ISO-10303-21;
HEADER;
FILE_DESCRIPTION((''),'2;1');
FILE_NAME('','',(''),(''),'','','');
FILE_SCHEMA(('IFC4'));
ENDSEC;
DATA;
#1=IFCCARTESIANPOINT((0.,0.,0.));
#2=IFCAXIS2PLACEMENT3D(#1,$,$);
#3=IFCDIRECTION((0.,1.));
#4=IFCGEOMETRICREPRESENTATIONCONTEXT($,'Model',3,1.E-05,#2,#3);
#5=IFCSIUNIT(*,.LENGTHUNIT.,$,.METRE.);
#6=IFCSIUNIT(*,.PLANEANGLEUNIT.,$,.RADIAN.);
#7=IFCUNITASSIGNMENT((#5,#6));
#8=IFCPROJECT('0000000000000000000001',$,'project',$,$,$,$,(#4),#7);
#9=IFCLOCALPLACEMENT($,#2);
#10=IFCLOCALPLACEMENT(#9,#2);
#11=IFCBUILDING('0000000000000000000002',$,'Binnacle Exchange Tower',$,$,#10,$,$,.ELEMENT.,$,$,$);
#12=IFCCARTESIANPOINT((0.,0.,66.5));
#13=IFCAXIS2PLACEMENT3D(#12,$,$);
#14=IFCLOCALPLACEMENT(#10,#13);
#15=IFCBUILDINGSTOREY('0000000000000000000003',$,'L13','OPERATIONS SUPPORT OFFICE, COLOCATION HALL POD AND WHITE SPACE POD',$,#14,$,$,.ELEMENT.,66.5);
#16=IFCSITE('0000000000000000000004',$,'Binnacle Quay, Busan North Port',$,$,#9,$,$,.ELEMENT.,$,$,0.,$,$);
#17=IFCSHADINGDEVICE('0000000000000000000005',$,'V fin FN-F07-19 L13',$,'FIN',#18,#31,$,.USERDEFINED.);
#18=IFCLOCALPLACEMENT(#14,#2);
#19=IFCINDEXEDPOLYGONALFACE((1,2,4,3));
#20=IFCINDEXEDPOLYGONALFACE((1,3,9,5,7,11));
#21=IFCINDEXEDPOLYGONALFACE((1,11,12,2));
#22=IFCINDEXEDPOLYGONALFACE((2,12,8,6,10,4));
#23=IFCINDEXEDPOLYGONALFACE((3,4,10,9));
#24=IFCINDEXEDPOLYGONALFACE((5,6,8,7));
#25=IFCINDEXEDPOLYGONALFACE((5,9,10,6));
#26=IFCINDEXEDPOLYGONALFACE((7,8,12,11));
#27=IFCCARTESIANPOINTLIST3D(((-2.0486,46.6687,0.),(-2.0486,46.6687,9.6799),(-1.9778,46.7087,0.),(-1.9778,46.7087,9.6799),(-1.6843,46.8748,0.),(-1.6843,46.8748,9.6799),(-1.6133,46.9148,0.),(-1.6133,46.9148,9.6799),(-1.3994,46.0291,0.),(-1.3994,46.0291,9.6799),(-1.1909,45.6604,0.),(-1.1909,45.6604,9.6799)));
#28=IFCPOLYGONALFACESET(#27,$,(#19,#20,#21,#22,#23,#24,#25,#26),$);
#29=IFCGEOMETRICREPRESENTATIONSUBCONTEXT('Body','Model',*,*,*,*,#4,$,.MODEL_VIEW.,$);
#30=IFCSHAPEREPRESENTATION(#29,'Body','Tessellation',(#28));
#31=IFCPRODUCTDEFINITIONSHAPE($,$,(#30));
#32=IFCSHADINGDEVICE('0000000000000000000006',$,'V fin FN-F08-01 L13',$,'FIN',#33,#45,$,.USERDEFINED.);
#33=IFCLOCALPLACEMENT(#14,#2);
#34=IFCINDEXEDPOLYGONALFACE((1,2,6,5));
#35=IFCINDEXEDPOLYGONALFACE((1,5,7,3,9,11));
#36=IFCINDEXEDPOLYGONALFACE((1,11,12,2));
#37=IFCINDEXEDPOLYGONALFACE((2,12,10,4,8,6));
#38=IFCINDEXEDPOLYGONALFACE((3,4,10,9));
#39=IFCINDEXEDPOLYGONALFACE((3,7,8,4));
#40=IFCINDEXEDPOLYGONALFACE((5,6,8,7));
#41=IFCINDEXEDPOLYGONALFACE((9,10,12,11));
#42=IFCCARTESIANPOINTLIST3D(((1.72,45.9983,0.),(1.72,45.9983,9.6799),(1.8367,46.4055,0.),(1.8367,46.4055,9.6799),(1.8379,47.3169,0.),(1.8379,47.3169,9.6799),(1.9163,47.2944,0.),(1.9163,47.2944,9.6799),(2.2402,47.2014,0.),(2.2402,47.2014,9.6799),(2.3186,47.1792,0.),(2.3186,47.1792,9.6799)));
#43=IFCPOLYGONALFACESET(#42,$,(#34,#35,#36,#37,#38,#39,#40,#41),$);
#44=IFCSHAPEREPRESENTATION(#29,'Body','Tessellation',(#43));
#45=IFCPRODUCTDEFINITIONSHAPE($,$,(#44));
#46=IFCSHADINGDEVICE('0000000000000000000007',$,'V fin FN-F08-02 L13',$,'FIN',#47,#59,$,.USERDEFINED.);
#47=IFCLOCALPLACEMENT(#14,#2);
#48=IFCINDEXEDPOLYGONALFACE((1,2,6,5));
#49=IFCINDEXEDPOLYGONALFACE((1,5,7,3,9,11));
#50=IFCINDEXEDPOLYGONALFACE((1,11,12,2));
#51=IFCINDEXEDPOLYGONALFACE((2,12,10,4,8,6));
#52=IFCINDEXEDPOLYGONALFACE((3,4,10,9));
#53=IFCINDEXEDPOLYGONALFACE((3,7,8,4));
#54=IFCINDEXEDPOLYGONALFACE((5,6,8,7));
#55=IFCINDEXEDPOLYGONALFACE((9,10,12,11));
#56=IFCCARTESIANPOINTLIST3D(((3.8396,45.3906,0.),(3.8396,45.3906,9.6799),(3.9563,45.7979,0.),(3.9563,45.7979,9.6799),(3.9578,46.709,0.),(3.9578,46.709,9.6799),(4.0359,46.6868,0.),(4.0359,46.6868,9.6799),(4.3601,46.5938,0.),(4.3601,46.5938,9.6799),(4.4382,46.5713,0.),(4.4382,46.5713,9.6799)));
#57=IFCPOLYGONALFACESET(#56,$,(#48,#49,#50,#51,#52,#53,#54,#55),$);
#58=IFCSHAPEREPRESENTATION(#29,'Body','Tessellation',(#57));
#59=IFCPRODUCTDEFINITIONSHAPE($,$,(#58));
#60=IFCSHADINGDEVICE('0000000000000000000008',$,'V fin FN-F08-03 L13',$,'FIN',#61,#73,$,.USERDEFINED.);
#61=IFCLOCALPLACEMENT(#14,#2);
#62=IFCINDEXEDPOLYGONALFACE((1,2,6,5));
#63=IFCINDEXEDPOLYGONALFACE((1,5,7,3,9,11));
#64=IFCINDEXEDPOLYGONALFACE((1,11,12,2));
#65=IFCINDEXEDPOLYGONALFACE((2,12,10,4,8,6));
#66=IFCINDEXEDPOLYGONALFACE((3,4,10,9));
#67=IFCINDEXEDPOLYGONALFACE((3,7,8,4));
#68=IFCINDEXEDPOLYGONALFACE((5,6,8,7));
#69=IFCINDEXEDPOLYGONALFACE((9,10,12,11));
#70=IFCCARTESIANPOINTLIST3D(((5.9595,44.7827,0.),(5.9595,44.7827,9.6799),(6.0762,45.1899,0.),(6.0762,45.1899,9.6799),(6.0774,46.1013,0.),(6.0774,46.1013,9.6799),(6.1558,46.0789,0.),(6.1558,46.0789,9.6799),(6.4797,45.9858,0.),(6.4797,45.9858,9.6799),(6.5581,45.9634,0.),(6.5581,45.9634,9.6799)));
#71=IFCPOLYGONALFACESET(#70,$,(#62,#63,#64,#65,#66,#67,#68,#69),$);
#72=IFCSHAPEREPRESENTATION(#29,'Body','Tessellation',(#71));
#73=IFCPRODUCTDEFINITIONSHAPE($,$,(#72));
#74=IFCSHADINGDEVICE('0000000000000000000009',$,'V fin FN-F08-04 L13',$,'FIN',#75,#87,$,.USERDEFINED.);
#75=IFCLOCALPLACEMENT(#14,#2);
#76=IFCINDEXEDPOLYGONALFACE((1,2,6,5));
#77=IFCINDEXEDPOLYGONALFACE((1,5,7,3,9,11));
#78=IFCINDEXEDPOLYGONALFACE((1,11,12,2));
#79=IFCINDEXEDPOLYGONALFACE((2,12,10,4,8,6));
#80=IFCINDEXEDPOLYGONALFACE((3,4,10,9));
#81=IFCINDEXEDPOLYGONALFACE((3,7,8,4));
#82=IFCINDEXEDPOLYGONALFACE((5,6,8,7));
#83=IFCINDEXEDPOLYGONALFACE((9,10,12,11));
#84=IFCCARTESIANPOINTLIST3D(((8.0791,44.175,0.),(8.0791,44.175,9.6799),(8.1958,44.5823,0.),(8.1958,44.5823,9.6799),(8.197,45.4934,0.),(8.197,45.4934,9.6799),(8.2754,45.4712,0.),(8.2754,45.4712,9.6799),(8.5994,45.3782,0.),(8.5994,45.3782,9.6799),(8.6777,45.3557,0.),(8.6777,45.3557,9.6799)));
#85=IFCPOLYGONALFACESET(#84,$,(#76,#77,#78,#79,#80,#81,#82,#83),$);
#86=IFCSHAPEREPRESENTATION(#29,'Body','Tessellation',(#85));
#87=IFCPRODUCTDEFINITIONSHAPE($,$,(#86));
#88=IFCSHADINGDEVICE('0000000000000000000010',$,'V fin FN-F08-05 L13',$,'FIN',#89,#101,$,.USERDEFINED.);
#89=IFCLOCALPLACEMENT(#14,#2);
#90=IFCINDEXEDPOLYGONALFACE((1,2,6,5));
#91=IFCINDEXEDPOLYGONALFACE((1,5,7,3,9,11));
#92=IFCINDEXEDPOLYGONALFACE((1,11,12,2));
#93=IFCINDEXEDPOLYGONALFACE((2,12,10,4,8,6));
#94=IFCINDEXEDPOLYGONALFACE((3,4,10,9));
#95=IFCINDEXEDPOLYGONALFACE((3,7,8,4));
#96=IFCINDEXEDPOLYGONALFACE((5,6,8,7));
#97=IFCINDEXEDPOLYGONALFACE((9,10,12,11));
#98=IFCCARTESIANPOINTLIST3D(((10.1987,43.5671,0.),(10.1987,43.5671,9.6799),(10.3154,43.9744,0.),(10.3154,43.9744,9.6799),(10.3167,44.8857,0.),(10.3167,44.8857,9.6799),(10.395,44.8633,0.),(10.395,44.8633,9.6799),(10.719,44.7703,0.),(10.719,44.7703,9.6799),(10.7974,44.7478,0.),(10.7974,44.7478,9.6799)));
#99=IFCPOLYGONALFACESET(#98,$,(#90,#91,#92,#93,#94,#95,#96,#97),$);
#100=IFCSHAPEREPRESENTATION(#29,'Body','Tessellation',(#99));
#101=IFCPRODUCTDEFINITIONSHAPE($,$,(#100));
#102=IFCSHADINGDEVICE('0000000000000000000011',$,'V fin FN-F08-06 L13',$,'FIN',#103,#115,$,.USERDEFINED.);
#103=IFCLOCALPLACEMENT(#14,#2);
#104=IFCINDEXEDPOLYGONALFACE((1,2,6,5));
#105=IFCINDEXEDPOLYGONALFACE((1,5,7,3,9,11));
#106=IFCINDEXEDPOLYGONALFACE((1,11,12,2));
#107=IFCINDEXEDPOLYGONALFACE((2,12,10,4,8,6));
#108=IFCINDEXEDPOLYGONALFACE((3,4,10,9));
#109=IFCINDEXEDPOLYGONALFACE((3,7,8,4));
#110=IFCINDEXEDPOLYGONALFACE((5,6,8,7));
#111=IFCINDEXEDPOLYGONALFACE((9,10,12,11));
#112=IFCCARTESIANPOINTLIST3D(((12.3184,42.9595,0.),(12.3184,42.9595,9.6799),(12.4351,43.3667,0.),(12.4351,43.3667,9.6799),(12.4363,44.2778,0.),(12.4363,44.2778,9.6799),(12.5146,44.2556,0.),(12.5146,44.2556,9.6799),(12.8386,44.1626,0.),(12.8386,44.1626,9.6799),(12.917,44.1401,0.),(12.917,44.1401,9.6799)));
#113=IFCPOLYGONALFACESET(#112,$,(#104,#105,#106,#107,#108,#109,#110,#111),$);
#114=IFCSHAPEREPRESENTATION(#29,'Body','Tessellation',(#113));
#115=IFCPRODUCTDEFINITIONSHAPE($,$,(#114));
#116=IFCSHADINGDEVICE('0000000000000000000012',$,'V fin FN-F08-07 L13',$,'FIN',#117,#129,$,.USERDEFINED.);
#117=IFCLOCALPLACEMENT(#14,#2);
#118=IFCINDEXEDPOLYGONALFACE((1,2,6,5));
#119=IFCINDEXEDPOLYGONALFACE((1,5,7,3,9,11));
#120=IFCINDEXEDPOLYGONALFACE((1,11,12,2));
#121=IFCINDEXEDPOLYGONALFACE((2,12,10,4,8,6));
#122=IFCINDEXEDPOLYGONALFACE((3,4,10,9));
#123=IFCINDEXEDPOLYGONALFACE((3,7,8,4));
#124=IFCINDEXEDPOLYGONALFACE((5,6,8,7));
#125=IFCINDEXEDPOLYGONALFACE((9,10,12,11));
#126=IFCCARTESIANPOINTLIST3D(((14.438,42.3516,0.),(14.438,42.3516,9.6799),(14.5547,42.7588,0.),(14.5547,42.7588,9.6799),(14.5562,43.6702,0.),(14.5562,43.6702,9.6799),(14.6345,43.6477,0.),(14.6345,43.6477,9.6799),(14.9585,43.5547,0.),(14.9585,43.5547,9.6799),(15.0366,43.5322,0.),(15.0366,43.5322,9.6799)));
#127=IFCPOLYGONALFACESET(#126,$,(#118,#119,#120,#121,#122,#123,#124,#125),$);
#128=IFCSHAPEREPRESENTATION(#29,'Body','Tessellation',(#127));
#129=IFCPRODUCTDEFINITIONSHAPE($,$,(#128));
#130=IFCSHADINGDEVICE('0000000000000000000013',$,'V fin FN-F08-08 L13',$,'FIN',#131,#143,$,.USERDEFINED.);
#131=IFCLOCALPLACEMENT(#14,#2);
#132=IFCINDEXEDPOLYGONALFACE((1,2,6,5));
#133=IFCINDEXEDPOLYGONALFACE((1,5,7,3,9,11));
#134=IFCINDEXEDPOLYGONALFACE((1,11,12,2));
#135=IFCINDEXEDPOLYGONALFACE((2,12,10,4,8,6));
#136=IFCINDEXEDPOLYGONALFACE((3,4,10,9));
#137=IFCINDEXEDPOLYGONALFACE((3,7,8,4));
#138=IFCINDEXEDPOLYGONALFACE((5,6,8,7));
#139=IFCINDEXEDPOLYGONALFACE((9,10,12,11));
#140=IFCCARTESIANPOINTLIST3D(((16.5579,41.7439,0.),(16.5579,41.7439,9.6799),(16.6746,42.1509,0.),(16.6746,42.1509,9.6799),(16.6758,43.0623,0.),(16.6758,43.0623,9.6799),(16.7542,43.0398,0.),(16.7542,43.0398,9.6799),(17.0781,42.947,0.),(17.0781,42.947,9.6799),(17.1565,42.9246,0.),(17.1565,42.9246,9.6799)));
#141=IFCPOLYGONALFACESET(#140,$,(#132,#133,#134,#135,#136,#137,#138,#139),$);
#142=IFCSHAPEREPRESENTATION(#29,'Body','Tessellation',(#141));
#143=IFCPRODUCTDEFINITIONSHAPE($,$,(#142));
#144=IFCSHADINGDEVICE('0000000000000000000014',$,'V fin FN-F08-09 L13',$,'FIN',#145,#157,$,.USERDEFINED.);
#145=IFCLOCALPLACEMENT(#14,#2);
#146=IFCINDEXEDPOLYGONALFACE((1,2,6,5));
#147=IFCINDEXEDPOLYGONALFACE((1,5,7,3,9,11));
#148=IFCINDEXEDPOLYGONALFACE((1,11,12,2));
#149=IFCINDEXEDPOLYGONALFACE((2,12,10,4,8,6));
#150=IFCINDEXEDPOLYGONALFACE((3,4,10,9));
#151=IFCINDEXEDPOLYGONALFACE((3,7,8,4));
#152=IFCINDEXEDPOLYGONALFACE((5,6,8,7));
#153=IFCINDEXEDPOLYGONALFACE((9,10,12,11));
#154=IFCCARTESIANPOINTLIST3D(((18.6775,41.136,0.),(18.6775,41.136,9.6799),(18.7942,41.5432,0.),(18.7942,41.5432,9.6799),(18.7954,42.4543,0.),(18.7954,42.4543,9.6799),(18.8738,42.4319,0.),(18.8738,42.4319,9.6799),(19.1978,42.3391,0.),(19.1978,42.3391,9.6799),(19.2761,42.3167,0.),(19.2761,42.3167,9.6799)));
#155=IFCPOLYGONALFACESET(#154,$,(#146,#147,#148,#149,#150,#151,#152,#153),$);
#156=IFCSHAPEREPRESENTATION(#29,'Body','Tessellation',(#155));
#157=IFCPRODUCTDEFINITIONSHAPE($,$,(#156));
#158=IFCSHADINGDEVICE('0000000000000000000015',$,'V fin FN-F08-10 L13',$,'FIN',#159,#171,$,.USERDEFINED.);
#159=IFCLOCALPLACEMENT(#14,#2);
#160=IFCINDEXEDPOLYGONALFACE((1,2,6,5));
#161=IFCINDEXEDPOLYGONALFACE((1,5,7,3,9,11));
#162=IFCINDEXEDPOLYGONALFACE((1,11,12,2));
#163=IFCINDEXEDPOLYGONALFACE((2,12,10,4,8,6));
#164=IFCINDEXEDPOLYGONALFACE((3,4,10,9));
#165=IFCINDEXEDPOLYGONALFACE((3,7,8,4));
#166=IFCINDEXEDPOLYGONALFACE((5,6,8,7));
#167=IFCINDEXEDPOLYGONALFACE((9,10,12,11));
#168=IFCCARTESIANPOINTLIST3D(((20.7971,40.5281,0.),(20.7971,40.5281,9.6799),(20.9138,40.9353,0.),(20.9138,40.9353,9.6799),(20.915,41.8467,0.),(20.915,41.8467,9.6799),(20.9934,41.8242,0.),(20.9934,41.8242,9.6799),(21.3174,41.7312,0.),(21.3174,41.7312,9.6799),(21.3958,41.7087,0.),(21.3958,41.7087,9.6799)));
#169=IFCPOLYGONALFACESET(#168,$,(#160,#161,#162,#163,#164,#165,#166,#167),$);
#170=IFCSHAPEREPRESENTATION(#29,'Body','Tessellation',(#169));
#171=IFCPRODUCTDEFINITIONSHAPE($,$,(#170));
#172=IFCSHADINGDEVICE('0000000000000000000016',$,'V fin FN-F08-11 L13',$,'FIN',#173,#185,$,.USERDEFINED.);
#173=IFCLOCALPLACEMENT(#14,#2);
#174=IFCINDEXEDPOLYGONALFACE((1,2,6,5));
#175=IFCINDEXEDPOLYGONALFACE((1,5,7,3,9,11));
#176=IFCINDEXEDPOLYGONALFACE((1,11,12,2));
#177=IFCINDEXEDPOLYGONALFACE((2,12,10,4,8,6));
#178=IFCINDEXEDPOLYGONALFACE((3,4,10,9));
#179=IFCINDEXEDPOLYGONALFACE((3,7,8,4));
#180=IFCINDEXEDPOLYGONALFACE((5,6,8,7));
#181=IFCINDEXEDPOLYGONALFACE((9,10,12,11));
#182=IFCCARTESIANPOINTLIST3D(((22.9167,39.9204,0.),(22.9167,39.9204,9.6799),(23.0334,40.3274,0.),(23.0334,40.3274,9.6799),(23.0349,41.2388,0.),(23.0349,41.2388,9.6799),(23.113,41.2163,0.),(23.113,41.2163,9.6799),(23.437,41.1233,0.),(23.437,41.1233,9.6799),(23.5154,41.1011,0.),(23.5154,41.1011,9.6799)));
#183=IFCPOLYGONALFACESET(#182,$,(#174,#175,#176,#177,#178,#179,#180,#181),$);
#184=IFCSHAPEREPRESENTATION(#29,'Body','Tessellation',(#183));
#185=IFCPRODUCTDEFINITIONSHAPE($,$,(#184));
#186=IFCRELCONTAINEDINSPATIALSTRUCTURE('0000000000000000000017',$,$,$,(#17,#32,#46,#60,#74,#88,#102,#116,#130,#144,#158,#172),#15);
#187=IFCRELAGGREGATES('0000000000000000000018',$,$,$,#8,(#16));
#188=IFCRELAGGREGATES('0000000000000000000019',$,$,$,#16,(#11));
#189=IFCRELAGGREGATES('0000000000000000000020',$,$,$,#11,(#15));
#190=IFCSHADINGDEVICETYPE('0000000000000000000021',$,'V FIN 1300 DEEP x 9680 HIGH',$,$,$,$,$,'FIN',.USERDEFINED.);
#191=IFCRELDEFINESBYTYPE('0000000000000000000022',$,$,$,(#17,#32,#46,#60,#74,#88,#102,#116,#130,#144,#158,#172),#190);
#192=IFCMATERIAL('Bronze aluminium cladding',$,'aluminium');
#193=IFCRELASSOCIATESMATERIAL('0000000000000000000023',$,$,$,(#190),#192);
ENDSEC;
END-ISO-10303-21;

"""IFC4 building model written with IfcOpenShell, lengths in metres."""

from ifc_helpers import new_model, si_unit, direction, frame, origin, place, context, subcontext, project, spatial, polyline, outline, extrude, material, type_object, element, save


model = new_model("IFC4")

# Units and contexts
model_context = context("Model", 3, precision=1e-05, world=origin(), true_north=direction((0.0, 1.0)))
body_context = subcontext(model_context, "Body", "Model", "MODEL_VIEW")
ifc_project = project(units=[si_unit("LENGTHUNIT", "METRE"), si_unit("PLANEANGLEUNIT", "RADIAN")], contexts=[model_context])

# Site, building, storey
site_placement = place(None, origin())
site = spatial("IfcSite", under=ifc_project, at=site_placement, Name="Binnacle Quay, Busan North Port", CompositionType="ELEMENT", RefElevation=0.0)
building_placement = place(site_placement, origin())
building = spatial("IfcBuilding", under=site, at=building_placement, Name="Binnacle Exchange Tower", CompositionType="ELEMENT")
storey_placement = place(building_placement, frame((0.0, 0.0, 66.5)))
storey = spatial("IfcBuildingStorey", under=building, at=storey_placement, Name="L13", Description="OPERATIONS SUPPORT OFFICE, COLOCATION HALL POD AND WHITE SPACE POD", CompositionType="ELEMENT", Elevation=66.5)

# Shading devices
ifc_material = material(Name="Bronze aluminium cladding", Category="aluminium")
shading_device_type = type_object("IfcShadingDeviceType", Name="V FIN 1300 DEEP x 9680 HIGH", ElementType="FIN", PredefinedType="USERDEFINED", material=ifc_material)
shading_device_1_placement = place(storey_placement, origin())
element("IfcShadingDevice", 1, at=shading_device_1_placement, inside=storey, type_object=shading_device_type, Name="V fin FN-F07-19 L13", ObjectType="FIN", PredefinedType="USERDEFINED", context=body_context, shape_type="SweptSolid", body=[
    extrude(outline(polyline([(-2.0486, 46.6687), (-1.1909, 45.6604), (-1.6133, 46.9148), (-1.6843, 46.8748), (-1.3994, 46.0291), (-1.9778, 46.7087), (-2.0486, 46.6687)])), origin(), (0.0, 0.0, 1.0), 9.6799),
])
shading_device_2_placement = place(storey_placement, origin())
element("IfcShadingDevice", 2, at=shading_device_2_placement, inside=storey, type_object=shading_device_type, Name="V fin FN-F08-01 L13", ObjectType="FIN", PredefinedType="USERDEFINED", context=body_context, shape_type="SweptSolid", body=[
    extrude(outline(polyline([(1.8379, 47.3169), (1.72, 45.9983), (2.3186, 47.1792), (2.2402, 47.2014), (1.8367, 46.4055), (1.9163, 47.2944), (1.8379, 47.3169)])), origin(), (0.0, 0.0, 1.0), 9.6799),
])
shading_device_3_placement = place(storey_placement, origin())
element("IfcShadingDevice", 3, at=shading_device_3_placement, inside=storey, type_object=shading_device_type, Name="V fin FN-F08-02 L13", ObjectType="FIN", PredefinedType="USERDEFINED", context=body_context, shape_type="SweptSolid", body=[
    extrude(outline(polyline([(3.9578, 46.709), (3.8396, 45.3906), (4.4382, 46.5713), (4.3601, 46.5938), (3.9563, 45.7979), (4.0359, 46.6868), (3.9578, 46.709)])), origin(), (0.0, 0.0, 1.0), 9.6799),
])
shading_device_4_placement = place(storey_placement, origin())
element("IfcShadingDevice", 4, at=shading_device_4_placement, inside=storey, type_object=shading_device_type, Name="V fin FN-F08-03 L13", ObjectType="FIN", PredefinedType="USERDEFINED", context=body_context, shape_type="SweptSolid", body=[
    extrude(outline(polyline([(6.0774, 46.1013), (5.9595, 44.7827), (6.5581, 45.9634), (6.4797, 45.9858), (6.0762, 45.1899), (6.1558, 46.0789), (6.0774, 46.1013)])), origin(), (0.0, 0.0, 1.0), 9.6799),
])
shading_device_5_placement = place(storey_placement, origin())
element("IfcShadingDevice", 5, at=shading_device_5_placement, inside=storey, type_object=shading_device_type, Name="V fin FN-F08-04 L13", ObjectType="FIN", PredefinedType="USERDEFINED", context=body_context, shape_type="SweptSolid", body=[
    extrude(outline(polyline([(8.197, 45.4934), (8.0791, 44.175), (8.6777, 45.3557), (8.5994, 45.3782), (8.1958, 44.5823), (8.2754, 45.4712), (8.197, 45.4934)])), origin(), (0.0, 0.0, 1.0), 9.6799),
])
shading_device_6_placement = place(storey_placement, origin())
element("IfcShadingDevice", 6, at=shading_device_6_placement, inside=storey, type_object=shading_device_type, Name="V fin FN-F08-05 L13", ObjectType="FIN", PredefinedType="USERDEFINED", context=body_context, shape_type="SweptSolid", body=[
    extrude(outline(polyline([(10.3167, 44.8857), (10.1987, 43.5671), (10.7974, 44.7478), (10.719, 44.7703), (10.3154, 43.9744), (10.395, 44.8633), (10.3167, 44.8857)])), origin(), (0.0, 0.0, 1.0), 9.6799),
])
shading_device_7_placement = place(storey_placement, origin())
element("IfcShadingDevice", 7, at=shading_device_7_placement, inside=storey, type_object=shading_device_type, Name="V fin FN-F08-06 L13", ObjectType="FIN", PredefinedType="USERDEFINED", context=body_context, shape_type="SweptSolid", body=[
    extrude(outline(polyline([(12.4363, 44.2778), (12.3184, 42.9595), (12.917, 44.1401), (12.8386, 44.1626), (12.4351, 43.3667), (12.5146, 44.2556), (12.4363, 44.2778)])), origin(), (0.0, 0.0, 1.0), 9.6799),
])
shading_device_8_placement = place(storey_placement, origin())
element("IfcShadingDevice", 8, at=shading_device_8_placement, inside=storey, type_object=shading_device_type, Name="V fin FN-F08-07 L13", ObjectType="FIN", PredefinedType="USERDEFINED", context=body_context, shape_type="SweptSolid", body=[
    extrude(outline(polyline([(14.5562, 43.6702), (14.438, 42.3516), (15.0366, 43.5322), (14.9585, 43.5547), (14.5547, 42.7588), (14.6345, 43.6477), (14.5562, 43.6702)])), origin(), (0.0, 0.0, 1.0), 9.6799),
])
shading_device_9_placement = place(storey_placement, origin())
element("IfcShadingDevice", 9, at=shading_device_9_placement, inside=storey, type_object=shading_device_type, Name="V fin FN-F08-08 L13", ObjectType="FIN", PredefinedType="USERDEFINED", context=body_context, shape_type="SweptSolid", body=[
    extrude(outline(polyline([(16.6758, 43.0623), (16.5579, 41.7439), (17.1565, 42.9246), (17.0781, 42.947), (16.6746, 42.1509), (16.7542, 43.0398), (16.6758, 43.0623)])), origin(), (0.0, 0.0, 1.0), 9.6799),
])
shading_device_10_placement = place(storey_placement, origin())
element("IfcShadingDevice", 10, at=shading_device_10_placement, inside=storey, type_object=shading_device_type, Name="V fin FN-F08-09 L13", ObjectType="FIN", PredefinedType="USERDEFINED", context=body_context, shape_type="SweptSolid", body=[
    extrude(outline(polyline([(18.7954, 42.4543), (18.6775, 41.136), (19.2761, 42.3167), (19.1978, 42.3391), (18.7942, 41.5432), (18.8738, 42.4319), (18.7954, 42.4543)])), origin(), (0.0, 0.0, 1.0), 9.6799),
])
shading_device_11_placement = place(storey_placement, origin())
element("IfcShadingDevice", 11, at=shading_device_11_placement, inside=storey, type_object=shading_device_type, Name="V fin FN-F08-10 L13", ObjectType="FIN", PredefinedType="USERDEFINED", context=body_context, shape_type="SweptSolid", body=[
    extrude(outline(polyline([(20.915, 41.8467), (20.7971, 40.5281), (21.3958, 41.7087), (21.3174, 41.7312), (20.9138, 40.9353), (20.9934, 41.8242), (20.915, 41.8467)])), origin(), (0.0, 0.0, 1.0), 9.6799),
])
shading_device_12_placement = place(storey_placement, origin())
element("IfcShadingDevice", 12, at=shading_device_12_placement, inside=storey, type_object=shading_device_type, Name="V fin FN-F08-11 L13", ObjectType="FIN", PredefinedType="USERDEFINED", context=body_context, shape_type="SweptSolid", body=[
    extrude(outline(polyline([(23.0349, 41.2388), (22.9167, 39.9204), (23.5154, 41.1011), (23.437, 41.1233), (23.0334, 40.3274), (23.113, 41.2163), (23.0349, 41.2388)])), origin(), (0.0, 0.0, 1.0), 9.6799),
])

save(model, "model.ifc")
